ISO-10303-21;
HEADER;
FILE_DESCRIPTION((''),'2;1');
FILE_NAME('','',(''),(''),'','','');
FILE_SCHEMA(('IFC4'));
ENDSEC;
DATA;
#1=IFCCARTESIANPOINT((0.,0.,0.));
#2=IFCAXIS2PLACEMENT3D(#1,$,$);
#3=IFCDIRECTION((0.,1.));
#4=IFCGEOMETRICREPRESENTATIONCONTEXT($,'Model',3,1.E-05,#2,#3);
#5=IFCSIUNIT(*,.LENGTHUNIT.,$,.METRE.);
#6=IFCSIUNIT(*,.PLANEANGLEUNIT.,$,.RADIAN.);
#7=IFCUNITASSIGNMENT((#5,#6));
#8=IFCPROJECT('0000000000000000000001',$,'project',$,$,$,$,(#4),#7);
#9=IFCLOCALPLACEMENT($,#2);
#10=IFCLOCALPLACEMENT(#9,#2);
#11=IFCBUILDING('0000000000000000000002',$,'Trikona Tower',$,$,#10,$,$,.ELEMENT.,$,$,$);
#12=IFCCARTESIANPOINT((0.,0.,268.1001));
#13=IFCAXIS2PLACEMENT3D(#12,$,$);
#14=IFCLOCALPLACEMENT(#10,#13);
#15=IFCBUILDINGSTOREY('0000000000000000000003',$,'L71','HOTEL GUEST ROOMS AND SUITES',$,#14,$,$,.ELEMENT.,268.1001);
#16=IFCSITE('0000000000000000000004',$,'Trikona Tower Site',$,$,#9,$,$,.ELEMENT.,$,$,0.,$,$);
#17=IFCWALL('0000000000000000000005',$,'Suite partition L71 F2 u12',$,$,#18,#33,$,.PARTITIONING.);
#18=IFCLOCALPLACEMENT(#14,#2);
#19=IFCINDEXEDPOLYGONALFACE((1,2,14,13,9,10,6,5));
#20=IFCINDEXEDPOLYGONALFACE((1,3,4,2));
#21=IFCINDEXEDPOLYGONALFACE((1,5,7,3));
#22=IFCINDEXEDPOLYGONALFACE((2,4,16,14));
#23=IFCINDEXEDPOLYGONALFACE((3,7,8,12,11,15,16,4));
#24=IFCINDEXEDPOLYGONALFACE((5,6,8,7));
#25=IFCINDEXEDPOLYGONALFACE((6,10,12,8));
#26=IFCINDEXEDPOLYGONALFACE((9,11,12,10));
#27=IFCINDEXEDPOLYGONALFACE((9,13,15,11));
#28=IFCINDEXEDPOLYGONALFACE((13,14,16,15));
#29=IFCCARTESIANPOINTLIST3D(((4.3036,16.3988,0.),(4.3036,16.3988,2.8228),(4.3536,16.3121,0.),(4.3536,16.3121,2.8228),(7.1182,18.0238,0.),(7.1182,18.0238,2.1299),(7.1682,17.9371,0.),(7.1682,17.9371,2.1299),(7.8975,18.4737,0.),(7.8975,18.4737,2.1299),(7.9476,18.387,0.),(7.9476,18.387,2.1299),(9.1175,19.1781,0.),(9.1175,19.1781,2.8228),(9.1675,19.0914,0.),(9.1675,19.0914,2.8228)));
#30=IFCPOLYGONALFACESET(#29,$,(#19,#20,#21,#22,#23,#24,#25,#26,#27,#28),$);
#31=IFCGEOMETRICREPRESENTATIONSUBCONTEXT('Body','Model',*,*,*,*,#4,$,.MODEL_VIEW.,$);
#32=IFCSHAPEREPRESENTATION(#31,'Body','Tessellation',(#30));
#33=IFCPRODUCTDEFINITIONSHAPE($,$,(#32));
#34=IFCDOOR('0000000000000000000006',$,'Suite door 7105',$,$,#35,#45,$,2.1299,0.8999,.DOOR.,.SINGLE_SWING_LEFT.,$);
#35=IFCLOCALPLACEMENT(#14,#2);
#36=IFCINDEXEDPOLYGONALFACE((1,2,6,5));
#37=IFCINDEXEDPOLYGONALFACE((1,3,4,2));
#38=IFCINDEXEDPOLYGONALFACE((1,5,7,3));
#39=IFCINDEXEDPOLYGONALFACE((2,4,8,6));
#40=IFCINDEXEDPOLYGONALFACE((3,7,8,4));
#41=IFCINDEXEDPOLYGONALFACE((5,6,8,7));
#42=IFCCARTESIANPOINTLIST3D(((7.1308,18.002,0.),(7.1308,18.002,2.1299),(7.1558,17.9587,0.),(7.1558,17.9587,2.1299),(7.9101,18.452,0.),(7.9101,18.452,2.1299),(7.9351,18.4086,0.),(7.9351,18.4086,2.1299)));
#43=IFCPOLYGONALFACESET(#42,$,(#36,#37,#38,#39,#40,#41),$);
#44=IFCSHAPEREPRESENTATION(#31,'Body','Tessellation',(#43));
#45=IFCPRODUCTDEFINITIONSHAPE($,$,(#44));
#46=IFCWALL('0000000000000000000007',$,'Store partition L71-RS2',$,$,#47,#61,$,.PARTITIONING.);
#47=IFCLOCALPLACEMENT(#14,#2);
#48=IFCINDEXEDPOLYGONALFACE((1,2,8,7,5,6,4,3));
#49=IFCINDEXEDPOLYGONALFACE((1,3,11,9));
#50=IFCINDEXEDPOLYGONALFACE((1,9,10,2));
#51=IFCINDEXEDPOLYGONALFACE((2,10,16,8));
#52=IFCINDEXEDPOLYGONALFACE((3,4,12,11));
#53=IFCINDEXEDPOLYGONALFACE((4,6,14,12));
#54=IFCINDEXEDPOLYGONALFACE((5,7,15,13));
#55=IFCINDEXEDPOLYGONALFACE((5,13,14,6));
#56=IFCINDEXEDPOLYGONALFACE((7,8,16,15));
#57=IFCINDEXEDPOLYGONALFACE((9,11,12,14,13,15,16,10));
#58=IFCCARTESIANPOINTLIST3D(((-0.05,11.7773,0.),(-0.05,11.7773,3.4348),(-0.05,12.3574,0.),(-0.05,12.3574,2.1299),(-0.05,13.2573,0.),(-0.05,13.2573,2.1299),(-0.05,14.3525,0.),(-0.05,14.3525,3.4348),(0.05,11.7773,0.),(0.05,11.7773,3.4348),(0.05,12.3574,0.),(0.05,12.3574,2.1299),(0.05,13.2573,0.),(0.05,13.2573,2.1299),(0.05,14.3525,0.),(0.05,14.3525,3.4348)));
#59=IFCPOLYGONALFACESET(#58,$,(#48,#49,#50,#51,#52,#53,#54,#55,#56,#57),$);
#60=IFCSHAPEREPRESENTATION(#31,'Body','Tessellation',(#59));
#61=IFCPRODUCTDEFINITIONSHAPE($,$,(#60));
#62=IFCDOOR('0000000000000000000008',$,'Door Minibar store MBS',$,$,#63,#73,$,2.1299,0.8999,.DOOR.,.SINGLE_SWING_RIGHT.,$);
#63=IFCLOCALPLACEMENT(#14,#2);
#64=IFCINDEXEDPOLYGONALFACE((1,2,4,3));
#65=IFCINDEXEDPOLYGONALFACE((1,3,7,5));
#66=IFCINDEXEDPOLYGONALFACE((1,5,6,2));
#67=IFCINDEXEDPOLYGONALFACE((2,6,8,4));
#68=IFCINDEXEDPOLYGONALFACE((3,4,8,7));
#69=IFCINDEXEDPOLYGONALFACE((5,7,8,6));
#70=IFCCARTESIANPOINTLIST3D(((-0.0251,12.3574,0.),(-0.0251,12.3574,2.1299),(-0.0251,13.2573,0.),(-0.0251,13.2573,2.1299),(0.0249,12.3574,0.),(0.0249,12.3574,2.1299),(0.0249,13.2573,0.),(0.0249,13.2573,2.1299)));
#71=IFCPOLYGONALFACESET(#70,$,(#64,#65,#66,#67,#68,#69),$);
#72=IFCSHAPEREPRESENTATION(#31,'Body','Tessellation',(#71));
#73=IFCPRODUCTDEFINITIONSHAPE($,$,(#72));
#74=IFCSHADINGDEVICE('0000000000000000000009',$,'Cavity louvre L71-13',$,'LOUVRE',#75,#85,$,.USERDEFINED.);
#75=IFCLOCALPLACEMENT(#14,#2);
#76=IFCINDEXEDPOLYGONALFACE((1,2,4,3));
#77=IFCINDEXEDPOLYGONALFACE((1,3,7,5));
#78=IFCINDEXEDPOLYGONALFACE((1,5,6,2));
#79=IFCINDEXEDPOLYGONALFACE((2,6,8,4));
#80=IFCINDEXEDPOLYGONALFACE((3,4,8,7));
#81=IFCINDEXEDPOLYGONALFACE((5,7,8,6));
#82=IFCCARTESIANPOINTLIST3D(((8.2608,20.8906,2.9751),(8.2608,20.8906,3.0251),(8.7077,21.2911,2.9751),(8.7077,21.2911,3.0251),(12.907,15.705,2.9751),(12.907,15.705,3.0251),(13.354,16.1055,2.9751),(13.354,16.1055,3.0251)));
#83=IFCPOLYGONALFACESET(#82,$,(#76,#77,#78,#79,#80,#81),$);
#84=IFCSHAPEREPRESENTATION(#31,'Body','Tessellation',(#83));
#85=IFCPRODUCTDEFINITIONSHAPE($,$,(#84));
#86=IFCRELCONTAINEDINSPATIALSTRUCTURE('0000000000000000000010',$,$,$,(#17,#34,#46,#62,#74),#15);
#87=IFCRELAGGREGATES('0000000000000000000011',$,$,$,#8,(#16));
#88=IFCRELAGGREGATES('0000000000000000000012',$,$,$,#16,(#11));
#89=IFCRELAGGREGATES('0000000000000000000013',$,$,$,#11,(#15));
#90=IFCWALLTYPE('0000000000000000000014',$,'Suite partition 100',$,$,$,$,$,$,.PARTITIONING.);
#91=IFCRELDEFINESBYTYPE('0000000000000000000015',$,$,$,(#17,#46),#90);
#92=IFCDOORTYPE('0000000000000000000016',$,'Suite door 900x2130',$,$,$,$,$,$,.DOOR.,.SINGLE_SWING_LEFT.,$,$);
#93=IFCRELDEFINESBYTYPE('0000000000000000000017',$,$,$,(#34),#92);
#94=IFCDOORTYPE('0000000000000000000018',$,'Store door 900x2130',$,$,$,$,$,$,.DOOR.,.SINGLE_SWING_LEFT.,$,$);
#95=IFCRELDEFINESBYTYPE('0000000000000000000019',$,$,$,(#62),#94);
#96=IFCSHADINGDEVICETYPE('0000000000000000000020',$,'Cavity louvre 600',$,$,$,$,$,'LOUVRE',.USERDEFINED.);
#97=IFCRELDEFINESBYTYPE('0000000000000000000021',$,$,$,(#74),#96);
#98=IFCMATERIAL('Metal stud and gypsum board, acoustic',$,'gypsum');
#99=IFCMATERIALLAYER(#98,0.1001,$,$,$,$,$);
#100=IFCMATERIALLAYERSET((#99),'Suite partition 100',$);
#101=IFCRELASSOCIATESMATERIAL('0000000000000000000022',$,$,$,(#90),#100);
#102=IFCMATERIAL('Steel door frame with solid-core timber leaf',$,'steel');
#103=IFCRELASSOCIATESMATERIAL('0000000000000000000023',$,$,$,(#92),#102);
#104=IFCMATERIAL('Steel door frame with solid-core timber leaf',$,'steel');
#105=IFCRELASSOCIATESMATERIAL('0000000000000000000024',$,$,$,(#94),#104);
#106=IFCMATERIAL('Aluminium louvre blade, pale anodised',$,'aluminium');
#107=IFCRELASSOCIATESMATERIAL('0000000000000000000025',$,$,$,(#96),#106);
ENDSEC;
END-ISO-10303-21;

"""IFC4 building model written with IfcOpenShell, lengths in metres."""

from ifc_helpers import new_model, si_unit, direction, frame, frame_2d, origin, origin_2d, place, context, subcontext, project, spatial, rectangle, extrude, material, layer, layer_set, type_object, element, fill, save


model = new_model("IFC4")

# Units and contexts
model_context = context("Model", 3, precision=1e-05, world=origin(), true_north=direction((0.0, 1.0)))
body_context = subcontext(model_context, "Body", "Model", "MODEL_VIEW")
ifc_project = project(units=[si_unit("LENGTHUNIT", "METRE"), si_unit("PLANEANGLEUNIT", "RADIAN")], contexts=[model_context])

# Site, building, storey
site_placement = place(None, origin())
site = spatial("IfcSite", under=ifc_project, at=site_placement, Name="Trikona Tower Site", CompositionType="ELEMENT", RefElevation=0.0)
building_placement = place(site_placement, origin())
building = spatial("IfcBuilding", under=site, at=building_placement, Name="Trikona Tower", CompositionType="ELEMENT")
storey_placement = place(building_placement, frame((0.0, 0.0, 268.1001)))
storey = spatial("IfcBuildingStorey", under=building, at=storey_placement, Name="L71", Description="HOTEL GUEST ROOMS AND SUITES", CompositionType="ELEMENT", Elevation=268.1001)

# Walls, openings, doors
ifc_material_1 = material(Name="Metal stud and gypsum board, acoustic", Category="gypsum")
ifc_layer_1 = layer(ifc_material_1, 0.1001)
ifc_layer_set_1 = layer_set([ifc_layer_1], Name="Suite partition 100")
wall_type_1 = type_object("IfcWallType", Name="Suite partition 100", PredefinedType="PARTITIONING", material=ifc_layer_set_1)
wall_1_placement = place(storey_placement, frame((4.3286, 16.3555, 0.0), z_axis=(0.0, 0.0, 1.0), x_axis=(0.866029, 0.499994, 0.0)))
wall_1 = element("IfcWall", 1, at=wall_1_placement, inside=storey, type_object=wall_type_1, Name="Suite partition L71 F2 u12", PredefinedType="PARTITIONING", context=body_context, shape_type="SweptSolid", body=[
    extrude(rectangle(XDim=5.5586, YDim=0.1001, at=frame_2d((2.7793, 0.0))), origin(), (0.0, 0.0, 1.0), 2.8228),
])
opening_1_placement = place(wall_1_placement, frame((3.25, 0.0, 0.0)))
opening_1 = element("IfcOpeningElement", 2, at=opening_1_placement, cuts=wall_1, PredefinedType="OPENING", context=body_context, shape_type="SweptSolid", body=[
    extrude(rectangle(XDim=0.8999, YDim=2.1299, at=frame_2d((0.45, 1.0649))), frame((0.0, 0.0601, 0.0), z_axis=(0.0, -1.0, 0.0), x_axis=(1.0, 0.0, 0.0)), (0.0, 0.0, 1.0), 0.1201),
])
ifc_material_2 = material(Name="Steel door frame with solid-core timber leaf", Category="steel")
door_type_1 = type_object("IfcDoorType", Name="Suite door 900x2130", OperationType="SINGLE_SWING_LEFT", PredefinedType="DOOR", material=ifc_material_2)
door_1_placement = place(opening_1_placement, origin())
door_1 = element("IfcDoor", 3, at=door_1_placement, inside=storey, type_object=door_type_1, Name="Suite door 7105", OperationType="SINGLE_SWING_LEFT", OverallHeight=2.1299, OverallWidth=0.8999, PredefinedType="DOOR", context=body_context, shape_type="SweptSolid", body=[
    extrude(rectangle(XDim=0.8999, YDim=2.1299, at=frame_2d((0.45, 1.0649))), frame((0.0, 0.0249, 0.0), z_axis=(0.0, -1.0, 0.0), x_axis=(1.0, 0.0, 0.0)), (0.0, 0.0, 1.0), 0.05),
])
fill(opening_1, door_1)
wall_2_placement = place(storey_placement, frame((0.0, 14.3525, 0.0), z_axis=(0.0, 0.0, 1.0), x_axis=(0.0, -1.0, 0.0)))
wall_2 = element("IfcWall", 4, at=wall_2_placement, inside=storey, type_object=wall_type_1, Name="Store partition L71-RS2", PredefinedType="PARTITIONING", context=body_context, shape_type="SweptSolid", body=[
    extrude(rectangle(XDim=2.5752, YDim=0.1001, at=frame_2d((1.2876, 0.0))), origin(), (0.0, 0.0, 1.0), 3.4348),
])
opening_2_placement = place(wall_2_placement, frame((1.0952, 0.0, 0.0)))
opening_2 = element("IfcOpeningElement", 5, at=opening_2_placement, cuts=wall_2, PredefinedType="OPENING", context=body_context, shape_type="SweptSolid", body=[
    extrude(rectangle(XDim=0.8999, YDim=2.1299, at=frame_2d((0.45, 1.0649))), frame((0.0, 0.0601, 0.0), z_axis=(0.0, -1.0, 0.0), x_axis=(1.0, 0.0, 0.0)), (0.0, 0.0, 1.0), 0.1201),
])
ifc_material_3 = material(Name="Steel door frame with solid-core timber leaf", Category="steel")
door_type_2 = type_object("IfcDoorType", Name="Store door 900x2130", OperationType="SINGLE_SWING_LEFT", PredefinedType="DOOR", material=ifc_material_3)
door_2_placement = place(opening_2_placement, origin())
door_2 = element("IfcDoor", 6, at=door_2_placement, inside=storey, type_object=door_type_2, Name="Door Minibar store MBS", OperationType="SINGLE_SWING_RIGHT", OverallHeight=2.1299, OverallWidth=0.8999, PredefinedType="DOOR", context=body_context, shape_type="SweptSolid", body=[
    extrude(rectangle(XDim=0.8999, YDim=2.1299, at=frame_2d((0.45, 1.0649))), frame((0.0, 0.0249, 0.0), z_axis=(0.0, -1.0, 0.0), x_axis=(1.0, 0.0, 0.0)), (0.0, 0.0, 1.0), 0.05),
])
fill(opening_2, door_2)

# Shading device
ifc_material_4 = material(Name="Aluminium louvre blade, pale anodised", Category="aluminium")
shading_device_type = type_object("IfcShadingDeviceType", Name="Cavity louvre 600", ElementType="LOUVRE", PredefinedType="USERDEFINED", material=ifc_material_4)
shading_device_placement = place(storey_placement, frame((10.8074, 18.498, 2.9751), z_axis=(0.0, 0.0, 1.0), x_axis=(-0.667311, 0.744779, 0.0)))
element("IfcShadingDevice", 7, at=shading_device_placement, inside=storey, type_object=shading_device_type, Name="Cavity louvre L71-13", ObjectType="LOUVRE", PredefinedType="USERDEFINED", context=body_context, shape_type="SweptSolid", body=[
    extrude(rectangle(XDim=6.9626, YDim=0.6001, at=origin_2d()), origin(), (0.0, 0.0, 1.0), 0.05),
])

save(model, "model.ifc")
